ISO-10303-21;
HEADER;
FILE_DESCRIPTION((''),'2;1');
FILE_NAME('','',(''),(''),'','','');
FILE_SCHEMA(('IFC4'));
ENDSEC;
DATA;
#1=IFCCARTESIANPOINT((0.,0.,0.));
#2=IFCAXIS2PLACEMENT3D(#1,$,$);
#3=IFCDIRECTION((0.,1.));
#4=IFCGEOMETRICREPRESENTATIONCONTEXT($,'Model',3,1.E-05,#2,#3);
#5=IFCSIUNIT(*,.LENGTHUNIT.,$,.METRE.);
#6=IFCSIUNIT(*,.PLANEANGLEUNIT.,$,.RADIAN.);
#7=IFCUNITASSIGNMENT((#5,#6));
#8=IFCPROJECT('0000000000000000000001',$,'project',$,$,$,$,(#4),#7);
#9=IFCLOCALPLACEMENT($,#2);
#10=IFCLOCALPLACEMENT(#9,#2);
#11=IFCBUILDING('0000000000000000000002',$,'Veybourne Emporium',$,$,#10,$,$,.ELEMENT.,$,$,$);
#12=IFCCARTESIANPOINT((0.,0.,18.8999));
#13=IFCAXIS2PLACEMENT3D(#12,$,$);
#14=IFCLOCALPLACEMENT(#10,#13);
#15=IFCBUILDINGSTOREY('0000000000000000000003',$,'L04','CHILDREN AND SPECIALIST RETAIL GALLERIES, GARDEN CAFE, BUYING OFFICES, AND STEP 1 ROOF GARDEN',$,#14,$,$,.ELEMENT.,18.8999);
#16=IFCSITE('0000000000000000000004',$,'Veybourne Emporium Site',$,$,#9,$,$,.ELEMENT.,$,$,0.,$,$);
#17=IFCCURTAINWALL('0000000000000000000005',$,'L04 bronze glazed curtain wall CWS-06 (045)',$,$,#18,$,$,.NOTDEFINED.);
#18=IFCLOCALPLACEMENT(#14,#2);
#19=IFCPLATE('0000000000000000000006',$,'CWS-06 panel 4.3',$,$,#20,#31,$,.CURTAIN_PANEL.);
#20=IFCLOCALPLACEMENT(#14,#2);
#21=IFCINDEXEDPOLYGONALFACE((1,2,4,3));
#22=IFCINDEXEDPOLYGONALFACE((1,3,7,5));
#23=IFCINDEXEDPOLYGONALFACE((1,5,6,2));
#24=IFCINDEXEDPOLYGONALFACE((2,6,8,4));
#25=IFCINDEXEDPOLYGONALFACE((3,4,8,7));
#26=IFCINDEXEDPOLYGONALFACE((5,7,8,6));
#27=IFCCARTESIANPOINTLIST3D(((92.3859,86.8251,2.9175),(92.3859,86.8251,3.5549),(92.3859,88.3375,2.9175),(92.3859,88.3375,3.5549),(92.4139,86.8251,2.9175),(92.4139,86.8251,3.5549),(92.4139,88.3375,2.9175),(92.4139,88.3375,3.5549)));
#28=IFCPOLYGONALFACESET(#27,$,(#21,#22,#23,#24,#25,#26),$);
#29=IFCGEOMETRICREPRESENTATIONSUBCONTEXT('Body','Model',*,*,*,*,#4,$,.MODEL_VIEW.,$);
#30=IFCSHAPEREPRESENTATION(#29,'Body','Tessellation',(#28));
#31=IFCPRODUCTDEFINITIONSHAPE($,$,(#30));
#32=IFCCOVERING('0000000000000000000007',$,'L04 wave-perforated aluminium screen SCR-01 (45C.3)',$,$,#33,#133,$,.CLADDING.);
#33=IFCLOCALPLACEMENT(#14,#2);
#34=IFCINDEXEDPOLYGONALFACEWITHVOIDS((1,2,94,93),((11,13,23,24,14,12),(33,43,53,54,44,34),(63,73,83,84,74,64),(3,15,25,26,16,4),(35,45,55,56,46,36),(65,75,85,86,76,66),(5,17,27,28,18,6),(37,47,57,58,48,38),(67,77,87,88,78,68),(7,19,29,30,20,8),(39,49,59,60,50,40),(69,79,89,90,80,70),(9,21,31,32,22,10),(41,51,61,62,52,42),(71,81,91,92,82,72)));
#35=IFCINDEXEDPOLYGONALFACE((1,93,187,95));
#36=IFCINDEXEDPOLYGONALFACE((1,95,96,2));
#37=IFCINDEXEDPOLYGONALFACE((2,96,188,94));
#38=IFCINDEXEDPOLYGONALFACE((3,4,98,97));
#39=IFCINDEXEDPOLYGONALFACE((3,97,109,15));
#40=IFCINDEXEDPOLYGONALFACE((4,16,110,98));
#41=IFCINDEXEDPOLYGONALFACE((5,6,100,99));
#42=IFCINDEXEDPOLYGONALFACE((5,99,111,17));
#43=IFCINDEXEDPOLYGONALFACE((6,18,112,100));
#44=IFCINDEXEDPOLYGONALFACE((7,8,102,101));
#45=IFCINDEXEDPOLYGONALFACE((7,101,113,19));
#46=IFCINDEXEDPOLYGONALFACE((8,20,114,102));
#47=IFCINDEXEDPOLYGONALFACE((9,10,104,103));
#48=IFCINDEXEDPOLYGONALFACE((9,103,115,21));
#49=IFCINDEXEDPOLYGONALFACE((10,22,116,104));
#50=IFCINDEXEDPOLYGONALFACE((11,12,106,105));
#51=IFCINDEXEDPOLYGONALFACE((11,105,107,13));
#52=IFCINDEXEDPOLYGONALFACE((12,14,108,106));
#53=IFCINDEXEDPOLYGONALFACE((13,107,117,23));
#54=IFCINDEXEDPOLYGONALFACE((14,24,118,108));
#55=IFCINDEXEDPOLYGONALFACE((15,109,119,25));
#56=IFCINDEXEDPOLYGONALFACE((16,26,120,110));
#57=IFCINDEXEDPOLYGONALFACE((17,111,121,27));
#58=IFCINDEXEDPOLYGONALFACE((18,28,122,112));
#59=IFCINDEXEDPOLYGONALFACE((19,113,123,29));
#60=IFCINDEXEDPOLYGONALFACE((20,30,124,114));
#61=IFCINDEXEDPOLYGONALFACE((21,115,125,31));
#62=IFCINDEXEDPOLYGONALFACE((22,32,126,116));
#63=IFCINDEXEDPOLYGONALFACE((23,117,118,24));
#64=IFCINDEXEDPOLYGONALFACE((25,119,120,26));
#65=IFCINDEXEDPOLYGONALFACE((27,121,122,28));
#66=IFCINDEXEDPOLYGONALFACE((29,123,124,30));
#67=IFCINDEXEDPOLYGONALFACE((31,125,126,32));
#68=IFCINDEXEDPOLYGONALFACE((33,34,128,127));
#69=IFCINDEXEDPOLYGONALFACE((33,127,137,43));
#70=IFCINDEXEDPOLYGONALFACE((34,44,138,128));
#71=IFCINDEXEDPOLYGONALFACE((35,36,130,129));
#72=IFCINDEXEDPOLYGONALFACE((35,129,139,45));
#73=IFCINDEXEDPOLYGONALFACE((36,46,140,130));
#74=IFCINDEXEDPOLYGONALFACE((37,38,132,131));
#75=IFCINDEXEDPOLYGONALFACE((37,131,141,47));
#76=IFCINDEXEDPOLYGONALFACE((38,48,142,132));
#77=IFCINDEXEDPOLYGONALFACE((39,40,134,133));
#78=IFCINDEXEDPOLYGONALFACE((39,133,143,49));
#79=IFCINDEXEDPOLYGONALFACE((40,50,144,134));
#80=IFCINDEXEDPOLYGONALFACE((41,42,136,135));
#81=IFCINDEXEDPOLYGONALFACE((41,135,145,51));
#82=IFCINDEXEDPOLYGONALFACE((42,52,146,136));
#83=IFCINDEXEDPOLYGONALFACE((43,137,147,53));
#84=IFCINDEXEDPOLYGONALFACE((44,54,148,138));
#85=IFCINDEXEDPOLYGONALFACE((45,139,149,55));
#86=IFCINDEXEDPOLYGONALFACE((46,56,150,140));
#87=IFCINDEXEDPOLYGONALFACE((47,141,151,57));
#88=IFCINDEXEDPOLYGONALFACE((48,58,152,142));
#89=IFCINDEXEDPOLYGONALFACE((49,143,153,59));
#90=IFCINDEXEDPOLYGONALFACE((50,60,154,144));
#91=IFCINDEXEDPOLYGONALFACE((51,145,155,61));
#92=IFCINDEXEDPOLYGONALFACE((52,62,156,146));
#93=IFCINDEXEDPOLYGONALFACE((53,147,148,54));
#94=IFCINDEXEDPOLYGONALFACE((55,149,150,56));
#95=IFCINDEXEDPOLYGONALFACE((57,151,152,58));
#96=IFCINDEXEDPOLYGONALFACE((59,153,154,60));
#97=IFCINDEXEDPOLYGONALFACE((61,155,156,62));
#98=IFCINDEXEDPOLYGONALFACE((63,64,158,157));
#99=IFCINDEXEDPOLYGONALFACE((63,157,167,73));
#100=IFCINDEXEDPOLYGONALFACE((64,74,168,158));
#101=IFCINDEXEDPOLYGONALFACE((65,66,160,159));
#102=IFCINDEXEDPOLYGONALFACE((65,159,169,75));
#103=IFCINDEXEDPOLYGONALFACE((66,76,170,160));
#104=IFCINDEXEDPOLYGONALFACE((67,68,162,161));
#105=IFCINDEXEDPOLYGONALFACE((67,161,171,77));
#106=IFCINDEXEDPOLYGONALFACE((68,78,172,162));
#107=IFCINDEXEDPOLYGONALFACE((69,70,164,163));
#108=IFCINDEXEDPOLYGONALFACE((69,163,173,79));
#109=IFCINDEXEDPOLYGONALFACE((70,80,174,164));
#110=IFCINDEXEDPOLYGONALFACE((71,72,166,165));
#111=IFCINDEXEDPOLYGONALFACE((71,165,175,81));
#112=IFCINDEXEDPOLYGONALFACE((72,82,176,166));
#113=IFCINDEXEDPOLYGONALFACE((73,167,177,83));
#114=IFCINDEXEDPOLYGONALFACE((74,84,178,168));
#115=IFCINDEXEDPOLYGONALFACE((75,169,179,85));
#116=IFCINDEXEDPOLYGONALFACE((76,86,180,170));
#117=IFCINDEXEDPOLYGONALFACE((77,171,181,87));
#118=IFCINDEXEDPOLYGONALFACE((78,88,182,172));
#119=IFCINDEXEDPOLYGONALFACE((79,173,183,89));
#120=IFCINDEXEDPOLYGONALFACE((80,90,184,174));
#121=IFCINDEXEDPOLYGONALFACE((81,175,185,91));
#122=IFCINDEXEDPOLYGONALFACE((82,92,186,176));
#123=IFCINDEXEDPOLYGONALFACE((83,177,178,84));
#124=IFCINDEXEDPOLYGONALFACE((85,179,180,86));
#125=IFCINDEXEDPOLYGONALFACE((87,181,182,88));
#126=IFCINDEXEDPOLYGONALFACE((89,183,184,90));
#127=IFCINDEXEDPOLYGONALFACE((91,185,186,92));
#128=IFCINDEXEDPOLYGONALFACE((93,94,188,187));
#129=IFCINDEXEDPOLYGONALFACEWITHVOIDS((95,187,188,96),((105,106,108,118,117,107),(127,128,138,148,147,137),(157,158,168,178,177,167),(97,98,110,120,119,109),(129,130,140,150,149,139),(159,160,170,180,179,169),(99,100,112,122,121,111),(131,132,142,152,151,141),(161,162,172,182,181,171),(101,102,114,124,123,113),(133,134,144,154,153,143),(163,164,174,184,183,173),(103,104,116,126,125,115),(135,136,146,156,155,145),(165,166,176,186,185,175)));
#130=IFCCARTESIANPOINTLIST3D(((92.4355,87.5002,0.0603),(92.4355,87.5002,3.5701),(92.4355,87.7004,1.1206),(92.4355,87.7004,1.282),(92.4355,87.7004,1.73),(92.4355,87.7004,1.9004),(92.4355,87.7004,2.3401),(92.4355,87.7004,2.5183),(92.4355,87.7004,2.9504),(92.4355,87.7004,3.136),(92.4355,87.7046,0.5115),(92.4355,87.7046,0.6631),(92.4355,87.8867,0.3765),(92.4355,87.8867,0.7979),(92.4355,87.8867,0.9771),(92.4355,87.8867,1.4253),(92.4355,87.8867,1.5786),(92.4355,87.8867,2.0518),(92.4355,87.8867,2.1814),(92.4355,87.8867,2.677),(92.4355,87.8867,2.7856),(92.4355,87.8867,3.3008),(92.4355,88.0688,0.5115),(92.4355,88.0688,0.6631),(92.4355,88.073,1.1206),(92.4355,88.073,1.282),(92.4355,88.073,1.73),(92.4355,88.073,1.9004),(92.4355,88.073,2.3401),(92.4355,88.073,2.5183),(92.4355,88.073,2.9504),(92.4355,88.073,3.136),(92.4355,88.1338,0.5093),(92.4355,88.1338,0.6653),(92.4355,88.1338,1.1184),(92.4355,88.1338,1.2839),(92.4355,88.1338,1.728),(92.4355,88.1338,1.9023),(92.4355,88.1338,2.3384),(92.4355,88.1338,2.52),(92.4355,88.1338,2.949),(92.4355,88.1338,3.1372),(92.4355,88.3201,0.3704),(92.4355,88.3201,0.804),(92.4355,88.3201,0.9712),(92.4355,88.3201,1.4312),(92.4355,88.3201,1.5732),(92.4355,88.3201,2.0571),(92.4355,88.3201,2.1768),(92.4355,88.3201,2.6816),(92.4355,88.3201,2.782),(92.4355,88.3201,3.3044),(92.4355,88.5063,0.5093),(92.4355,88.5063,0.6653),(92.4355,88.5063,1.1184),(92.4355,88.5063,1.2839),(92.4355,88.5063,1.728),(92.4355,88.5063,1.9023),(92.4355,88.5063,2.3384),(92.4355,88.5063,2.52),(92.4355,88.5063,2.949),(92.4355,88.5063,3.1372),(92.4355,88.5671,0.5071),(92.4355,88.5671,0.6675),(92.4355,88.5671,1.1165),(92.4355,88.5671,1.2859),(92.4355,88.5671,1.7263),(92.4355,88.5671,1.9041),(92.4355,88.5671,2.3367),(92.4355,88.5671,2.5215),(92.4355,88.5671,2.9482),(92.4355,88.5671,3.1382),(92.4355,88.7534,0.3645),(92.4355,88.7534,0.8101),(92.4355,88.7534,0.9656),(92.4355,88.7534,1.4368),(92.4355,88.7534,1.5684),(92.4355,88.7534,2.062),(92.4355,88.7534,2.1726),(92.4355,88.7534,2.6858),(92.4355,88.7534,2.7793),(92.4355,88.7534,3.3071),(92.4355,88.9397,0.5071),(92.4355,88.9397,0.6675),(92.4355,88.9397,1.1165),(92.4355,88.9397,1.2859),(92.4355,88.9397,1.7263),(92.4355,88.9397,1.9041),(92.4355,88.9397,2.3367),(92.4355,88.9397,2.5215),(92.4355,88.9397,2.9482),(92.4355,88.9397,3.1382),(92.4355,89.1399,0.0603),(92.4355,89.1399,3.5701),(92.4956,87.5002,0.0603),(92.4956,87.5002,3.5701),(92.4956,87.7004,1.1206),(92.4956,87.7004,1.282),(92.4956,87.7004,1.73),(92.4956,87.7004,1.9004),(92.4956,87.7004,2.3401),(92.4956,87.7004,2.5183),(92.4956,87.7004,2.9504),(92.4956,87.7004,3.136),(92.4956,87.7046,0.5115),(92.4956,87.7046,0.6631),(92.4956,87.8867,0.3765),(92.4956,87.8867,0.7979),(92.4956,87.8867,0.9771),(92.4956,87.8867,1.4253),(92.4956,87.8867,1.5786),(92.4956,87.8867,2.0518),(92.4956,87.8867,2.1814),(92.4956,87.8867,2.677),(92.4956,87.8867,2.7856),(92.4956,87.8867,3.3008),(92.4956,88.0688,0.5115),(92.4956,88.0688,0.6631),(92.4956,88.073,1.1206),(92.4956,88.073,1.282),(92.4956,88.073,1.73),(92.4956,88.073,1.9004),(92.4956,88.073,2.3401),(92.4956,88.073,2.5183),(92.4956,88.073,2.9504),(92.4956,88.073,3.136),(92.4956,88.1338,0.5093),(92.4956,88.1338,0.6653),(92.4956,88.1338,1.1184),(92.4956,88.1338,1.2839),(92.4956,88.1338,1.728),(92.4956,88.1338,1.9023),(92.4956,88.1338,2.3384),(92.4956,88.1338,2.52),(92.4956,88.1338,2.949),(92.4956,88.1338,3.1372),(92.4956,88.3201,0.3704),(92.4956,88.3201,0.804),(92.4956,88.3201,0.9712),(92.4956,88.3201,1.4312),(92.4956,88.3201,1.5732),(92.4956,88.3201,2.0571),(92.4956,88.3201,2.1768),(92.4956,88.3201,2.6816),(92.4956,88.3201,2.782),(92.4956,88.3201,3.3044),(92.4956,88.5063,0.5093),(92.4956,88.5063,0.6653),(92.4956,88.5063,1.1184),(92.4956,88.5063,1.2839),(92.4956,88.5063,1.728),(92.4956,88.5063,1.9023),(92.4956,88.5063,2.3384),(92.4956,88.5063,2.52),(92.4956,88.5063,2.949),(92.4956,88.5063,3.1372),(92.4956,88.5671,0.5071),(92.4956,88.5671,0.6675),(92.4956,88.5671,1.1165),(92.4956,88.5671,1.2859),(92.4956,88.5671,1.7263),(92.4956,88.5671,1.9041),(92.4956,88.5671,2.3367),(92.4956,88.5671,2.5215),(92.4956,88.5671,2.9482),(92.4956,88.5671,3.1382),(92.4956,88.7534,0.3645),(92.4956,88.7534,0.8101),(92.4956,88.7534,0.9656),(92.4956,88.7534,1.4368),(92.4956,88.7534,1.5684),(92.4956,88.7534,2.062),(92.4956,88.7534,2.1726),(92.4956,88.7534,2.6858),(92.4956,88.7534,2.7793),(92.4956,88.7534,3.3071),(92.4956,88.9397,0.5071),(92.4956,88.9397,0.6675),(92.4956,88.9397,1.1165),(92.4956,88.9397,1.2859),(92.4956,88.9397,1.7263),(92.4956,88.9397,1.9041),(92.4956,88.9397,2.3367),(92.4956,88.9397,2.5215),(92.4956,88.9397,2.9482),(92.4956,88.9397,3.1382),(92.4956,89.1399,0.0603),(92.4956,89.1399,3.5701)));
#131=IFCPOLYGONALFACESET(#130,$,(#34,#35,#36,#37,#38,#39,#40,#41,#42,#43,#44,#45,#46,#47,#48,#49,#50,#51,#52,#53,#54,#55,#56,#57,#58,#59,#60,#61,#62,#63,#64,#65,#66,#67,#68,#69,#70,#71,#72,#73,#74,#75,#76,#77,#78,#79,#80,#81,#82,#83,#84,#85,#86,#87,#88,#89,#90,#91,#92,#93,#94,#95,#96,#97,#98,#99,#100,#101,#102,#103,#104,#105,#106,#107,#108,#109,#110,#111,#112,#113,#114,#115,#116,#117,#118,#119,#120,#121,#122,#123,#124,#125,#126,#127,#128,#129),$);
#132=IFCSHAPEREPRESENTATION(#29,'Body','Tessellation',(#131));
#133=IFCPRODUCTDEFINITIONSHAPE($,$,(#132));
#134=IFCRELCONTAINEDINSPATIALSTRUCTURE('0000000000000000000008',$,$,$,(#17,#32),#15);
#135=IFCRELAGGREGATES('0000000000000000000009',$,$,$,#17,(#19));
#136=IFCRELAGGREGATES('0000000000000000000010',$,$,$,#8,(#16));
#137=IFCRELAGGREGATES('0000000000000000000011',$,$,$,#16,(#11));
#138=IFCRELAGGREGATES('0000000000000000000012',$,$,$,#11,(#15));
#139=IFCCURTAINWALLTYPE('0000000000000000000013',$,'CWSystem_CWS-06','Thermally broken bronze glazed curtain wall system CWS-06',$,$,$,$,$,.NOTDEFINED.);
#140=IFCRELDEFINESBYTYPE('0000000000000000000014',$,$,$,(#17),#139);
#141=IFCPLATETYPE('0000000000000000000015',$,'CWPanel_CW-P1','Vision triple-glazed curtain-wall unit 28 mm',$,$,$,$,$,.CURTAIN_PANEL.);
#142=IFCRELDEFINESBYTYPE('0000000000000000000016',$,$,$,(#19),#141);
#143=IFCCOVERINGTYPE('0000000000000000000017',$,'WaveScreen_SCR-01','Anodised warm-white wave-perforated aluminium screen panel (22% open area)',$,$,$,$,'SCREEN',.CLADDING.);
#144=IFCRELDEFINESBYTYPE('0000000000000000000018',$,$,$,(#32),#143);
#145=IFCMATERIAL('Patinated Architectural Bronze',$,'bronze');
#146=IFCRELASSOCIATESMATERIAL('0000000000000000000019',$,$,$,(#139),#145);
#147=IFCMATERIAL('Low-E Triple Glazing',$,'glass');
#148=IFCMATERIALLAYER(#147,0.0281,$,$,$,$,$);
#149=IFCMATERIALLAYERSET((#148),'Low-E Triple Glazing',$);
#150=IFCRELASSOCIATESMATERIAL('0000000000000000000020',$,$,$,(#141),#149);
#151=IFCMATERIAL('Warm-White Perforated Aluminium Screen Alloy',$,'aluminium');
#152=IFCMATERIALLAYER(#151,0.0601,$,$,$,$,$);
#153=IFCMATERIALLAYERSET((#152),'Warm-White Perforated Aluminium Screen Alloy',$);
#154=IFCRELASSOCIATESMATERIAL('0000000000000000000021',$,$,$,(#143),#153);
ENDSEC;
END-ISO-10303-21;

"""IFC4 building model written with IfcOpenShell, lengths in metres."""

from ifc_helpers import new_model, si_unit, direction, frame, origin, origin_2d, place, context, subcontext, project, spatial, polyline, rectangle, outline, extrude, material, layer, layer_set, type_object, element, aggregate, save


model = new_model("IFC4")

# Units and contexts
model_context = context("Model", 3, precision=1e-05, world=origin(), true_north=direction((0.0, 1.0)))
body_context = subcontext(model_context, "Body", "Model", "MODEL_VIEW")
ifc_project = project(units=[si_unit("LENGTHUNIT", "METRE"), si_unit("PLANEANGLEUNIT", "RADIAN")], contexts=[model_context])

# Site, building, storey
site_placement = place(None, origin())
site = spatial("IfcSite", under=ifc_project, at=site_placement, Name="Veybourne Emporium Site", CompositionType="ELEMENT", RefElevation=0.0)
building_placement = place(site_placement, origin())
building = spatial("IfcBuilding", under=site, at=building_placement, Name="Veybourne Emporium", CompositionType="ELEMENT")
storey_placement = place(building_placement, frame((0.0, 0.0, 18.8999)))
storey = spatial("IfcBuildingStorey", under=building, at=storey_placement, Name="L04", Description="CHILDREN AND SPECIALIST RETAIL GALLERIES, GARDEN CAFE, BUYING OFFICES, AND STEP 1 ROOF GARDEN", CompositionType="ELEMENT", Elevation=18.8999)

# Curtain wall
ifc_material_1 = material(Name="Patinated Architectural Bronze", Category="bronze")
curtain_wall_type_1 = type_object("IfcCurtainWallType", Name="CWSystem_CWS-06", Description="Thermally broken bronze glazed curtain wall system CWS-06", PredefinedType="NOTDEFINED", material=ifc_material_1)
curtain_wall_1_placement = place(storey_placement, origin())
curtain_wall_1 = element("IfcCurtainWall", 1, at=curtain_wall_1_placement, inside=storey, type_object=curtain_wall_type_1, Name="L04 bronze glazed curtain wall CWS-06 (045)", PredefinedType="NOTDEFINED")

# Plate
ifc_material_2 = material(Name="Low-E Triple Glazing", Category="glass")
ifc_layer_1 = layer(ifc_material_2, 0.0281)
ifc_layer_set_1 = layer_set([ifc_layer_1], Name="Low-E Triple Glazing")
plate_type = type_object("IfcPlateType", Name="CWPanel_CW-P1", Description="Vision triple-glazed curtain-wall unit 28 mm", PredefinedType="CURTAIN_PANEL", material=ifc_layer_set_1)
plate_1_placement = place(storey_placement, frame((92.3999, 87.5813, 2.9175), z_axis=(0.0, 0.0, 1.0), x_axis=(0.0, -1.0, 0.0)))
plate_1 = element("IfcPlate", 2, at=plate_1_placement, type_object=plate_type, Name="CWS-06 panel 4.3", PredefinedType="CURTAIN_PANEL", context=body_context, shape_type="SweptSolid", body=[
    extrude(rectangle(XDim=1.5125, YDim=0.0281, at=origin_2d()), origin(), (0.0, 0.0, 1.0), 0.6375),
])
aggregate(curtain_wall_1, [plate_1])

# Covering
ifc_material_3 = material(Name="Warm-White Perforated Aluminium Screen Alloy", Category="aluminium")
ifc_layer_2 = layer(ifc_material_3, 0.0601)
ifc_layer_set_2 = layer_set([ifc_layer_2], Name="Warm-White Perforated Aluminium Screen Alloy")
covering_type_1 = type_object("IfcCoveringType", Name="WaveScreen_SCR-01", Description="Anodised warm-white wave-perforated aluminium screen panel (22% open area)", ElementType="SCREEN", PredefinedType="CLADDING", material=ifc_layer_set_2)
covering_1_placement = place(storey_placement, frame((92.4956, 88.3201, 1.8152), z_axis=(-1.0, 0.0, 0.0), x_axis=(0.0, -1.0, 0.0)))
element("IfcCovering", 3, at=covering_1_placement, inside=storey, type_object=covering_type_1, Name="L04 wave-perforated aluminium screen SCR-01 (45C.3)", PredefinedType="CLADDING", context=body_context, shape_type="SweptSolid", body=[
    extrude(outline(polyline([(-0.8198, -1.7549), (0.8198, -1.7549), (0.8198, 1.7549), (-0.8198, 1.7549), (-0.8198, -1.7549)]), holes=[polyline([(-0.4333, -1.0051), (-0.2471, -1.1477), (-0.2471, -1.3081), (-0.4333, -1.4507), (-0.6196, -1.3081), (-0.6196, -1.1477), (-0.4333, -1.0051)]), polyline([(-0.4333, -0.3784), (-0.2471, -0.5293), (-0.2471, -0.6987), (-0.4333, -0.8496), (-0.6196, -0.6987), (-0.6196, -0.5293), (-0.4333, -0.3784)]), polyline([(-0.4333, 0.2468), (-0.2471, 0.0889), (-0.2471, -0.0889), (-0.4333, -0.2468), (-0.6196, -0.0889), (-0.6196, 0.0889), (-0.4333, 0.2468)]), polyline([(-0.4333, 0.8706), (-0.2471, 0.7063), (-0.2471, 0.5215), (-0.4333, 0.3574), (-0.6196, 0.5215), (-0.6196, 0.7063), (-0.4333, 0.8706)]), polyline([(-0.4333, 1.4919), (-0.2471, 1.323), (-0.2471, 1.1331), (-0.4333, 0.9641), (-0.6196, 1.1331), (-0.6196, 1.323), (-0.4333, 1.4919)]), polyline([(0.0, -1.0112), (0.1863, -1.1499), (0.1863, -1.3059), (0.0, -1.4448), (-0.1863, -1.3059), (-0.1863, -1.1499), (0.0, -1.0112)]), polyline([(0.0, -0.384), (0.1863, -0.5312), (0.1863, -0.6968), (0.0, -0.844), (-0.1863, -0.6968), (-0.1863, -0.5312), (0.0, -0.384)]), polyline([(0.0, 0.2419), (0.1863, 0.0872), (0.1863, -0.0872), (0.0, -0.2419), (-0.1863, -0.0872), (-0.1863, 0.0872), (0.0, 0.2419)]), polyline([(0.0, 0.8665), (0.1863, 0.7048), (0.1863, 0.5232), (0.0, 0.3616), (-0.1863, 0.5232), (-0.1863, 0.7048), (0.0, 0.8665)]), polyline([(0.0, 1.4893), (0.1863, 1.322), (0.1863, 1.1338), (0.0, 0.9668), (-0.1863, 1.1338), (-0.1863, 1.322), (0.0, 1.4893)]), polyline([(0.4333, -1.0173), (0.6155, -1.1521), (0.6155, -1.3037), (0.4333, -1.4387), (0.2512, -1.3037), (0.2512, -1.1521), (0.4333, -1.0173)]), polyline([(0.4333, -0.3899), (0.6196, -0.5332), (0.6196, -0.6946), (0.4333, -0.8381), (0.2471, -0.6946), (0.2471, -0.5332), (0.4333, -0.3899)]), polyline([(0.4333, 0.2366), (0.6196, 0.0852), (0.6196, -0.0852), (0.4333, -0.2366), (0.2471, -0.0852), (0.2471, 0.0852), (0.4333, 0.2366)]), polyline([(0.4333, 0.8618), (0.6196, 0.7031), (0.6196, 0.5249), (0.4333, 0.3662), (0.2471, 0.5249), (0.2471, 0.7031), (0.4333, 0.8618)]), polyline([(0.4333, 1.4856), (0.6196, 1.3208), (0.6196, 1.1353), (0.4333, 0.9705), (0.2471, 1.1353), (0.2471, 1.3208), (0.4333, 1.4856)])]), origin(), (0.0, 0.0, 1.0), 0.0601),
])

save(model, "model.ifc")
